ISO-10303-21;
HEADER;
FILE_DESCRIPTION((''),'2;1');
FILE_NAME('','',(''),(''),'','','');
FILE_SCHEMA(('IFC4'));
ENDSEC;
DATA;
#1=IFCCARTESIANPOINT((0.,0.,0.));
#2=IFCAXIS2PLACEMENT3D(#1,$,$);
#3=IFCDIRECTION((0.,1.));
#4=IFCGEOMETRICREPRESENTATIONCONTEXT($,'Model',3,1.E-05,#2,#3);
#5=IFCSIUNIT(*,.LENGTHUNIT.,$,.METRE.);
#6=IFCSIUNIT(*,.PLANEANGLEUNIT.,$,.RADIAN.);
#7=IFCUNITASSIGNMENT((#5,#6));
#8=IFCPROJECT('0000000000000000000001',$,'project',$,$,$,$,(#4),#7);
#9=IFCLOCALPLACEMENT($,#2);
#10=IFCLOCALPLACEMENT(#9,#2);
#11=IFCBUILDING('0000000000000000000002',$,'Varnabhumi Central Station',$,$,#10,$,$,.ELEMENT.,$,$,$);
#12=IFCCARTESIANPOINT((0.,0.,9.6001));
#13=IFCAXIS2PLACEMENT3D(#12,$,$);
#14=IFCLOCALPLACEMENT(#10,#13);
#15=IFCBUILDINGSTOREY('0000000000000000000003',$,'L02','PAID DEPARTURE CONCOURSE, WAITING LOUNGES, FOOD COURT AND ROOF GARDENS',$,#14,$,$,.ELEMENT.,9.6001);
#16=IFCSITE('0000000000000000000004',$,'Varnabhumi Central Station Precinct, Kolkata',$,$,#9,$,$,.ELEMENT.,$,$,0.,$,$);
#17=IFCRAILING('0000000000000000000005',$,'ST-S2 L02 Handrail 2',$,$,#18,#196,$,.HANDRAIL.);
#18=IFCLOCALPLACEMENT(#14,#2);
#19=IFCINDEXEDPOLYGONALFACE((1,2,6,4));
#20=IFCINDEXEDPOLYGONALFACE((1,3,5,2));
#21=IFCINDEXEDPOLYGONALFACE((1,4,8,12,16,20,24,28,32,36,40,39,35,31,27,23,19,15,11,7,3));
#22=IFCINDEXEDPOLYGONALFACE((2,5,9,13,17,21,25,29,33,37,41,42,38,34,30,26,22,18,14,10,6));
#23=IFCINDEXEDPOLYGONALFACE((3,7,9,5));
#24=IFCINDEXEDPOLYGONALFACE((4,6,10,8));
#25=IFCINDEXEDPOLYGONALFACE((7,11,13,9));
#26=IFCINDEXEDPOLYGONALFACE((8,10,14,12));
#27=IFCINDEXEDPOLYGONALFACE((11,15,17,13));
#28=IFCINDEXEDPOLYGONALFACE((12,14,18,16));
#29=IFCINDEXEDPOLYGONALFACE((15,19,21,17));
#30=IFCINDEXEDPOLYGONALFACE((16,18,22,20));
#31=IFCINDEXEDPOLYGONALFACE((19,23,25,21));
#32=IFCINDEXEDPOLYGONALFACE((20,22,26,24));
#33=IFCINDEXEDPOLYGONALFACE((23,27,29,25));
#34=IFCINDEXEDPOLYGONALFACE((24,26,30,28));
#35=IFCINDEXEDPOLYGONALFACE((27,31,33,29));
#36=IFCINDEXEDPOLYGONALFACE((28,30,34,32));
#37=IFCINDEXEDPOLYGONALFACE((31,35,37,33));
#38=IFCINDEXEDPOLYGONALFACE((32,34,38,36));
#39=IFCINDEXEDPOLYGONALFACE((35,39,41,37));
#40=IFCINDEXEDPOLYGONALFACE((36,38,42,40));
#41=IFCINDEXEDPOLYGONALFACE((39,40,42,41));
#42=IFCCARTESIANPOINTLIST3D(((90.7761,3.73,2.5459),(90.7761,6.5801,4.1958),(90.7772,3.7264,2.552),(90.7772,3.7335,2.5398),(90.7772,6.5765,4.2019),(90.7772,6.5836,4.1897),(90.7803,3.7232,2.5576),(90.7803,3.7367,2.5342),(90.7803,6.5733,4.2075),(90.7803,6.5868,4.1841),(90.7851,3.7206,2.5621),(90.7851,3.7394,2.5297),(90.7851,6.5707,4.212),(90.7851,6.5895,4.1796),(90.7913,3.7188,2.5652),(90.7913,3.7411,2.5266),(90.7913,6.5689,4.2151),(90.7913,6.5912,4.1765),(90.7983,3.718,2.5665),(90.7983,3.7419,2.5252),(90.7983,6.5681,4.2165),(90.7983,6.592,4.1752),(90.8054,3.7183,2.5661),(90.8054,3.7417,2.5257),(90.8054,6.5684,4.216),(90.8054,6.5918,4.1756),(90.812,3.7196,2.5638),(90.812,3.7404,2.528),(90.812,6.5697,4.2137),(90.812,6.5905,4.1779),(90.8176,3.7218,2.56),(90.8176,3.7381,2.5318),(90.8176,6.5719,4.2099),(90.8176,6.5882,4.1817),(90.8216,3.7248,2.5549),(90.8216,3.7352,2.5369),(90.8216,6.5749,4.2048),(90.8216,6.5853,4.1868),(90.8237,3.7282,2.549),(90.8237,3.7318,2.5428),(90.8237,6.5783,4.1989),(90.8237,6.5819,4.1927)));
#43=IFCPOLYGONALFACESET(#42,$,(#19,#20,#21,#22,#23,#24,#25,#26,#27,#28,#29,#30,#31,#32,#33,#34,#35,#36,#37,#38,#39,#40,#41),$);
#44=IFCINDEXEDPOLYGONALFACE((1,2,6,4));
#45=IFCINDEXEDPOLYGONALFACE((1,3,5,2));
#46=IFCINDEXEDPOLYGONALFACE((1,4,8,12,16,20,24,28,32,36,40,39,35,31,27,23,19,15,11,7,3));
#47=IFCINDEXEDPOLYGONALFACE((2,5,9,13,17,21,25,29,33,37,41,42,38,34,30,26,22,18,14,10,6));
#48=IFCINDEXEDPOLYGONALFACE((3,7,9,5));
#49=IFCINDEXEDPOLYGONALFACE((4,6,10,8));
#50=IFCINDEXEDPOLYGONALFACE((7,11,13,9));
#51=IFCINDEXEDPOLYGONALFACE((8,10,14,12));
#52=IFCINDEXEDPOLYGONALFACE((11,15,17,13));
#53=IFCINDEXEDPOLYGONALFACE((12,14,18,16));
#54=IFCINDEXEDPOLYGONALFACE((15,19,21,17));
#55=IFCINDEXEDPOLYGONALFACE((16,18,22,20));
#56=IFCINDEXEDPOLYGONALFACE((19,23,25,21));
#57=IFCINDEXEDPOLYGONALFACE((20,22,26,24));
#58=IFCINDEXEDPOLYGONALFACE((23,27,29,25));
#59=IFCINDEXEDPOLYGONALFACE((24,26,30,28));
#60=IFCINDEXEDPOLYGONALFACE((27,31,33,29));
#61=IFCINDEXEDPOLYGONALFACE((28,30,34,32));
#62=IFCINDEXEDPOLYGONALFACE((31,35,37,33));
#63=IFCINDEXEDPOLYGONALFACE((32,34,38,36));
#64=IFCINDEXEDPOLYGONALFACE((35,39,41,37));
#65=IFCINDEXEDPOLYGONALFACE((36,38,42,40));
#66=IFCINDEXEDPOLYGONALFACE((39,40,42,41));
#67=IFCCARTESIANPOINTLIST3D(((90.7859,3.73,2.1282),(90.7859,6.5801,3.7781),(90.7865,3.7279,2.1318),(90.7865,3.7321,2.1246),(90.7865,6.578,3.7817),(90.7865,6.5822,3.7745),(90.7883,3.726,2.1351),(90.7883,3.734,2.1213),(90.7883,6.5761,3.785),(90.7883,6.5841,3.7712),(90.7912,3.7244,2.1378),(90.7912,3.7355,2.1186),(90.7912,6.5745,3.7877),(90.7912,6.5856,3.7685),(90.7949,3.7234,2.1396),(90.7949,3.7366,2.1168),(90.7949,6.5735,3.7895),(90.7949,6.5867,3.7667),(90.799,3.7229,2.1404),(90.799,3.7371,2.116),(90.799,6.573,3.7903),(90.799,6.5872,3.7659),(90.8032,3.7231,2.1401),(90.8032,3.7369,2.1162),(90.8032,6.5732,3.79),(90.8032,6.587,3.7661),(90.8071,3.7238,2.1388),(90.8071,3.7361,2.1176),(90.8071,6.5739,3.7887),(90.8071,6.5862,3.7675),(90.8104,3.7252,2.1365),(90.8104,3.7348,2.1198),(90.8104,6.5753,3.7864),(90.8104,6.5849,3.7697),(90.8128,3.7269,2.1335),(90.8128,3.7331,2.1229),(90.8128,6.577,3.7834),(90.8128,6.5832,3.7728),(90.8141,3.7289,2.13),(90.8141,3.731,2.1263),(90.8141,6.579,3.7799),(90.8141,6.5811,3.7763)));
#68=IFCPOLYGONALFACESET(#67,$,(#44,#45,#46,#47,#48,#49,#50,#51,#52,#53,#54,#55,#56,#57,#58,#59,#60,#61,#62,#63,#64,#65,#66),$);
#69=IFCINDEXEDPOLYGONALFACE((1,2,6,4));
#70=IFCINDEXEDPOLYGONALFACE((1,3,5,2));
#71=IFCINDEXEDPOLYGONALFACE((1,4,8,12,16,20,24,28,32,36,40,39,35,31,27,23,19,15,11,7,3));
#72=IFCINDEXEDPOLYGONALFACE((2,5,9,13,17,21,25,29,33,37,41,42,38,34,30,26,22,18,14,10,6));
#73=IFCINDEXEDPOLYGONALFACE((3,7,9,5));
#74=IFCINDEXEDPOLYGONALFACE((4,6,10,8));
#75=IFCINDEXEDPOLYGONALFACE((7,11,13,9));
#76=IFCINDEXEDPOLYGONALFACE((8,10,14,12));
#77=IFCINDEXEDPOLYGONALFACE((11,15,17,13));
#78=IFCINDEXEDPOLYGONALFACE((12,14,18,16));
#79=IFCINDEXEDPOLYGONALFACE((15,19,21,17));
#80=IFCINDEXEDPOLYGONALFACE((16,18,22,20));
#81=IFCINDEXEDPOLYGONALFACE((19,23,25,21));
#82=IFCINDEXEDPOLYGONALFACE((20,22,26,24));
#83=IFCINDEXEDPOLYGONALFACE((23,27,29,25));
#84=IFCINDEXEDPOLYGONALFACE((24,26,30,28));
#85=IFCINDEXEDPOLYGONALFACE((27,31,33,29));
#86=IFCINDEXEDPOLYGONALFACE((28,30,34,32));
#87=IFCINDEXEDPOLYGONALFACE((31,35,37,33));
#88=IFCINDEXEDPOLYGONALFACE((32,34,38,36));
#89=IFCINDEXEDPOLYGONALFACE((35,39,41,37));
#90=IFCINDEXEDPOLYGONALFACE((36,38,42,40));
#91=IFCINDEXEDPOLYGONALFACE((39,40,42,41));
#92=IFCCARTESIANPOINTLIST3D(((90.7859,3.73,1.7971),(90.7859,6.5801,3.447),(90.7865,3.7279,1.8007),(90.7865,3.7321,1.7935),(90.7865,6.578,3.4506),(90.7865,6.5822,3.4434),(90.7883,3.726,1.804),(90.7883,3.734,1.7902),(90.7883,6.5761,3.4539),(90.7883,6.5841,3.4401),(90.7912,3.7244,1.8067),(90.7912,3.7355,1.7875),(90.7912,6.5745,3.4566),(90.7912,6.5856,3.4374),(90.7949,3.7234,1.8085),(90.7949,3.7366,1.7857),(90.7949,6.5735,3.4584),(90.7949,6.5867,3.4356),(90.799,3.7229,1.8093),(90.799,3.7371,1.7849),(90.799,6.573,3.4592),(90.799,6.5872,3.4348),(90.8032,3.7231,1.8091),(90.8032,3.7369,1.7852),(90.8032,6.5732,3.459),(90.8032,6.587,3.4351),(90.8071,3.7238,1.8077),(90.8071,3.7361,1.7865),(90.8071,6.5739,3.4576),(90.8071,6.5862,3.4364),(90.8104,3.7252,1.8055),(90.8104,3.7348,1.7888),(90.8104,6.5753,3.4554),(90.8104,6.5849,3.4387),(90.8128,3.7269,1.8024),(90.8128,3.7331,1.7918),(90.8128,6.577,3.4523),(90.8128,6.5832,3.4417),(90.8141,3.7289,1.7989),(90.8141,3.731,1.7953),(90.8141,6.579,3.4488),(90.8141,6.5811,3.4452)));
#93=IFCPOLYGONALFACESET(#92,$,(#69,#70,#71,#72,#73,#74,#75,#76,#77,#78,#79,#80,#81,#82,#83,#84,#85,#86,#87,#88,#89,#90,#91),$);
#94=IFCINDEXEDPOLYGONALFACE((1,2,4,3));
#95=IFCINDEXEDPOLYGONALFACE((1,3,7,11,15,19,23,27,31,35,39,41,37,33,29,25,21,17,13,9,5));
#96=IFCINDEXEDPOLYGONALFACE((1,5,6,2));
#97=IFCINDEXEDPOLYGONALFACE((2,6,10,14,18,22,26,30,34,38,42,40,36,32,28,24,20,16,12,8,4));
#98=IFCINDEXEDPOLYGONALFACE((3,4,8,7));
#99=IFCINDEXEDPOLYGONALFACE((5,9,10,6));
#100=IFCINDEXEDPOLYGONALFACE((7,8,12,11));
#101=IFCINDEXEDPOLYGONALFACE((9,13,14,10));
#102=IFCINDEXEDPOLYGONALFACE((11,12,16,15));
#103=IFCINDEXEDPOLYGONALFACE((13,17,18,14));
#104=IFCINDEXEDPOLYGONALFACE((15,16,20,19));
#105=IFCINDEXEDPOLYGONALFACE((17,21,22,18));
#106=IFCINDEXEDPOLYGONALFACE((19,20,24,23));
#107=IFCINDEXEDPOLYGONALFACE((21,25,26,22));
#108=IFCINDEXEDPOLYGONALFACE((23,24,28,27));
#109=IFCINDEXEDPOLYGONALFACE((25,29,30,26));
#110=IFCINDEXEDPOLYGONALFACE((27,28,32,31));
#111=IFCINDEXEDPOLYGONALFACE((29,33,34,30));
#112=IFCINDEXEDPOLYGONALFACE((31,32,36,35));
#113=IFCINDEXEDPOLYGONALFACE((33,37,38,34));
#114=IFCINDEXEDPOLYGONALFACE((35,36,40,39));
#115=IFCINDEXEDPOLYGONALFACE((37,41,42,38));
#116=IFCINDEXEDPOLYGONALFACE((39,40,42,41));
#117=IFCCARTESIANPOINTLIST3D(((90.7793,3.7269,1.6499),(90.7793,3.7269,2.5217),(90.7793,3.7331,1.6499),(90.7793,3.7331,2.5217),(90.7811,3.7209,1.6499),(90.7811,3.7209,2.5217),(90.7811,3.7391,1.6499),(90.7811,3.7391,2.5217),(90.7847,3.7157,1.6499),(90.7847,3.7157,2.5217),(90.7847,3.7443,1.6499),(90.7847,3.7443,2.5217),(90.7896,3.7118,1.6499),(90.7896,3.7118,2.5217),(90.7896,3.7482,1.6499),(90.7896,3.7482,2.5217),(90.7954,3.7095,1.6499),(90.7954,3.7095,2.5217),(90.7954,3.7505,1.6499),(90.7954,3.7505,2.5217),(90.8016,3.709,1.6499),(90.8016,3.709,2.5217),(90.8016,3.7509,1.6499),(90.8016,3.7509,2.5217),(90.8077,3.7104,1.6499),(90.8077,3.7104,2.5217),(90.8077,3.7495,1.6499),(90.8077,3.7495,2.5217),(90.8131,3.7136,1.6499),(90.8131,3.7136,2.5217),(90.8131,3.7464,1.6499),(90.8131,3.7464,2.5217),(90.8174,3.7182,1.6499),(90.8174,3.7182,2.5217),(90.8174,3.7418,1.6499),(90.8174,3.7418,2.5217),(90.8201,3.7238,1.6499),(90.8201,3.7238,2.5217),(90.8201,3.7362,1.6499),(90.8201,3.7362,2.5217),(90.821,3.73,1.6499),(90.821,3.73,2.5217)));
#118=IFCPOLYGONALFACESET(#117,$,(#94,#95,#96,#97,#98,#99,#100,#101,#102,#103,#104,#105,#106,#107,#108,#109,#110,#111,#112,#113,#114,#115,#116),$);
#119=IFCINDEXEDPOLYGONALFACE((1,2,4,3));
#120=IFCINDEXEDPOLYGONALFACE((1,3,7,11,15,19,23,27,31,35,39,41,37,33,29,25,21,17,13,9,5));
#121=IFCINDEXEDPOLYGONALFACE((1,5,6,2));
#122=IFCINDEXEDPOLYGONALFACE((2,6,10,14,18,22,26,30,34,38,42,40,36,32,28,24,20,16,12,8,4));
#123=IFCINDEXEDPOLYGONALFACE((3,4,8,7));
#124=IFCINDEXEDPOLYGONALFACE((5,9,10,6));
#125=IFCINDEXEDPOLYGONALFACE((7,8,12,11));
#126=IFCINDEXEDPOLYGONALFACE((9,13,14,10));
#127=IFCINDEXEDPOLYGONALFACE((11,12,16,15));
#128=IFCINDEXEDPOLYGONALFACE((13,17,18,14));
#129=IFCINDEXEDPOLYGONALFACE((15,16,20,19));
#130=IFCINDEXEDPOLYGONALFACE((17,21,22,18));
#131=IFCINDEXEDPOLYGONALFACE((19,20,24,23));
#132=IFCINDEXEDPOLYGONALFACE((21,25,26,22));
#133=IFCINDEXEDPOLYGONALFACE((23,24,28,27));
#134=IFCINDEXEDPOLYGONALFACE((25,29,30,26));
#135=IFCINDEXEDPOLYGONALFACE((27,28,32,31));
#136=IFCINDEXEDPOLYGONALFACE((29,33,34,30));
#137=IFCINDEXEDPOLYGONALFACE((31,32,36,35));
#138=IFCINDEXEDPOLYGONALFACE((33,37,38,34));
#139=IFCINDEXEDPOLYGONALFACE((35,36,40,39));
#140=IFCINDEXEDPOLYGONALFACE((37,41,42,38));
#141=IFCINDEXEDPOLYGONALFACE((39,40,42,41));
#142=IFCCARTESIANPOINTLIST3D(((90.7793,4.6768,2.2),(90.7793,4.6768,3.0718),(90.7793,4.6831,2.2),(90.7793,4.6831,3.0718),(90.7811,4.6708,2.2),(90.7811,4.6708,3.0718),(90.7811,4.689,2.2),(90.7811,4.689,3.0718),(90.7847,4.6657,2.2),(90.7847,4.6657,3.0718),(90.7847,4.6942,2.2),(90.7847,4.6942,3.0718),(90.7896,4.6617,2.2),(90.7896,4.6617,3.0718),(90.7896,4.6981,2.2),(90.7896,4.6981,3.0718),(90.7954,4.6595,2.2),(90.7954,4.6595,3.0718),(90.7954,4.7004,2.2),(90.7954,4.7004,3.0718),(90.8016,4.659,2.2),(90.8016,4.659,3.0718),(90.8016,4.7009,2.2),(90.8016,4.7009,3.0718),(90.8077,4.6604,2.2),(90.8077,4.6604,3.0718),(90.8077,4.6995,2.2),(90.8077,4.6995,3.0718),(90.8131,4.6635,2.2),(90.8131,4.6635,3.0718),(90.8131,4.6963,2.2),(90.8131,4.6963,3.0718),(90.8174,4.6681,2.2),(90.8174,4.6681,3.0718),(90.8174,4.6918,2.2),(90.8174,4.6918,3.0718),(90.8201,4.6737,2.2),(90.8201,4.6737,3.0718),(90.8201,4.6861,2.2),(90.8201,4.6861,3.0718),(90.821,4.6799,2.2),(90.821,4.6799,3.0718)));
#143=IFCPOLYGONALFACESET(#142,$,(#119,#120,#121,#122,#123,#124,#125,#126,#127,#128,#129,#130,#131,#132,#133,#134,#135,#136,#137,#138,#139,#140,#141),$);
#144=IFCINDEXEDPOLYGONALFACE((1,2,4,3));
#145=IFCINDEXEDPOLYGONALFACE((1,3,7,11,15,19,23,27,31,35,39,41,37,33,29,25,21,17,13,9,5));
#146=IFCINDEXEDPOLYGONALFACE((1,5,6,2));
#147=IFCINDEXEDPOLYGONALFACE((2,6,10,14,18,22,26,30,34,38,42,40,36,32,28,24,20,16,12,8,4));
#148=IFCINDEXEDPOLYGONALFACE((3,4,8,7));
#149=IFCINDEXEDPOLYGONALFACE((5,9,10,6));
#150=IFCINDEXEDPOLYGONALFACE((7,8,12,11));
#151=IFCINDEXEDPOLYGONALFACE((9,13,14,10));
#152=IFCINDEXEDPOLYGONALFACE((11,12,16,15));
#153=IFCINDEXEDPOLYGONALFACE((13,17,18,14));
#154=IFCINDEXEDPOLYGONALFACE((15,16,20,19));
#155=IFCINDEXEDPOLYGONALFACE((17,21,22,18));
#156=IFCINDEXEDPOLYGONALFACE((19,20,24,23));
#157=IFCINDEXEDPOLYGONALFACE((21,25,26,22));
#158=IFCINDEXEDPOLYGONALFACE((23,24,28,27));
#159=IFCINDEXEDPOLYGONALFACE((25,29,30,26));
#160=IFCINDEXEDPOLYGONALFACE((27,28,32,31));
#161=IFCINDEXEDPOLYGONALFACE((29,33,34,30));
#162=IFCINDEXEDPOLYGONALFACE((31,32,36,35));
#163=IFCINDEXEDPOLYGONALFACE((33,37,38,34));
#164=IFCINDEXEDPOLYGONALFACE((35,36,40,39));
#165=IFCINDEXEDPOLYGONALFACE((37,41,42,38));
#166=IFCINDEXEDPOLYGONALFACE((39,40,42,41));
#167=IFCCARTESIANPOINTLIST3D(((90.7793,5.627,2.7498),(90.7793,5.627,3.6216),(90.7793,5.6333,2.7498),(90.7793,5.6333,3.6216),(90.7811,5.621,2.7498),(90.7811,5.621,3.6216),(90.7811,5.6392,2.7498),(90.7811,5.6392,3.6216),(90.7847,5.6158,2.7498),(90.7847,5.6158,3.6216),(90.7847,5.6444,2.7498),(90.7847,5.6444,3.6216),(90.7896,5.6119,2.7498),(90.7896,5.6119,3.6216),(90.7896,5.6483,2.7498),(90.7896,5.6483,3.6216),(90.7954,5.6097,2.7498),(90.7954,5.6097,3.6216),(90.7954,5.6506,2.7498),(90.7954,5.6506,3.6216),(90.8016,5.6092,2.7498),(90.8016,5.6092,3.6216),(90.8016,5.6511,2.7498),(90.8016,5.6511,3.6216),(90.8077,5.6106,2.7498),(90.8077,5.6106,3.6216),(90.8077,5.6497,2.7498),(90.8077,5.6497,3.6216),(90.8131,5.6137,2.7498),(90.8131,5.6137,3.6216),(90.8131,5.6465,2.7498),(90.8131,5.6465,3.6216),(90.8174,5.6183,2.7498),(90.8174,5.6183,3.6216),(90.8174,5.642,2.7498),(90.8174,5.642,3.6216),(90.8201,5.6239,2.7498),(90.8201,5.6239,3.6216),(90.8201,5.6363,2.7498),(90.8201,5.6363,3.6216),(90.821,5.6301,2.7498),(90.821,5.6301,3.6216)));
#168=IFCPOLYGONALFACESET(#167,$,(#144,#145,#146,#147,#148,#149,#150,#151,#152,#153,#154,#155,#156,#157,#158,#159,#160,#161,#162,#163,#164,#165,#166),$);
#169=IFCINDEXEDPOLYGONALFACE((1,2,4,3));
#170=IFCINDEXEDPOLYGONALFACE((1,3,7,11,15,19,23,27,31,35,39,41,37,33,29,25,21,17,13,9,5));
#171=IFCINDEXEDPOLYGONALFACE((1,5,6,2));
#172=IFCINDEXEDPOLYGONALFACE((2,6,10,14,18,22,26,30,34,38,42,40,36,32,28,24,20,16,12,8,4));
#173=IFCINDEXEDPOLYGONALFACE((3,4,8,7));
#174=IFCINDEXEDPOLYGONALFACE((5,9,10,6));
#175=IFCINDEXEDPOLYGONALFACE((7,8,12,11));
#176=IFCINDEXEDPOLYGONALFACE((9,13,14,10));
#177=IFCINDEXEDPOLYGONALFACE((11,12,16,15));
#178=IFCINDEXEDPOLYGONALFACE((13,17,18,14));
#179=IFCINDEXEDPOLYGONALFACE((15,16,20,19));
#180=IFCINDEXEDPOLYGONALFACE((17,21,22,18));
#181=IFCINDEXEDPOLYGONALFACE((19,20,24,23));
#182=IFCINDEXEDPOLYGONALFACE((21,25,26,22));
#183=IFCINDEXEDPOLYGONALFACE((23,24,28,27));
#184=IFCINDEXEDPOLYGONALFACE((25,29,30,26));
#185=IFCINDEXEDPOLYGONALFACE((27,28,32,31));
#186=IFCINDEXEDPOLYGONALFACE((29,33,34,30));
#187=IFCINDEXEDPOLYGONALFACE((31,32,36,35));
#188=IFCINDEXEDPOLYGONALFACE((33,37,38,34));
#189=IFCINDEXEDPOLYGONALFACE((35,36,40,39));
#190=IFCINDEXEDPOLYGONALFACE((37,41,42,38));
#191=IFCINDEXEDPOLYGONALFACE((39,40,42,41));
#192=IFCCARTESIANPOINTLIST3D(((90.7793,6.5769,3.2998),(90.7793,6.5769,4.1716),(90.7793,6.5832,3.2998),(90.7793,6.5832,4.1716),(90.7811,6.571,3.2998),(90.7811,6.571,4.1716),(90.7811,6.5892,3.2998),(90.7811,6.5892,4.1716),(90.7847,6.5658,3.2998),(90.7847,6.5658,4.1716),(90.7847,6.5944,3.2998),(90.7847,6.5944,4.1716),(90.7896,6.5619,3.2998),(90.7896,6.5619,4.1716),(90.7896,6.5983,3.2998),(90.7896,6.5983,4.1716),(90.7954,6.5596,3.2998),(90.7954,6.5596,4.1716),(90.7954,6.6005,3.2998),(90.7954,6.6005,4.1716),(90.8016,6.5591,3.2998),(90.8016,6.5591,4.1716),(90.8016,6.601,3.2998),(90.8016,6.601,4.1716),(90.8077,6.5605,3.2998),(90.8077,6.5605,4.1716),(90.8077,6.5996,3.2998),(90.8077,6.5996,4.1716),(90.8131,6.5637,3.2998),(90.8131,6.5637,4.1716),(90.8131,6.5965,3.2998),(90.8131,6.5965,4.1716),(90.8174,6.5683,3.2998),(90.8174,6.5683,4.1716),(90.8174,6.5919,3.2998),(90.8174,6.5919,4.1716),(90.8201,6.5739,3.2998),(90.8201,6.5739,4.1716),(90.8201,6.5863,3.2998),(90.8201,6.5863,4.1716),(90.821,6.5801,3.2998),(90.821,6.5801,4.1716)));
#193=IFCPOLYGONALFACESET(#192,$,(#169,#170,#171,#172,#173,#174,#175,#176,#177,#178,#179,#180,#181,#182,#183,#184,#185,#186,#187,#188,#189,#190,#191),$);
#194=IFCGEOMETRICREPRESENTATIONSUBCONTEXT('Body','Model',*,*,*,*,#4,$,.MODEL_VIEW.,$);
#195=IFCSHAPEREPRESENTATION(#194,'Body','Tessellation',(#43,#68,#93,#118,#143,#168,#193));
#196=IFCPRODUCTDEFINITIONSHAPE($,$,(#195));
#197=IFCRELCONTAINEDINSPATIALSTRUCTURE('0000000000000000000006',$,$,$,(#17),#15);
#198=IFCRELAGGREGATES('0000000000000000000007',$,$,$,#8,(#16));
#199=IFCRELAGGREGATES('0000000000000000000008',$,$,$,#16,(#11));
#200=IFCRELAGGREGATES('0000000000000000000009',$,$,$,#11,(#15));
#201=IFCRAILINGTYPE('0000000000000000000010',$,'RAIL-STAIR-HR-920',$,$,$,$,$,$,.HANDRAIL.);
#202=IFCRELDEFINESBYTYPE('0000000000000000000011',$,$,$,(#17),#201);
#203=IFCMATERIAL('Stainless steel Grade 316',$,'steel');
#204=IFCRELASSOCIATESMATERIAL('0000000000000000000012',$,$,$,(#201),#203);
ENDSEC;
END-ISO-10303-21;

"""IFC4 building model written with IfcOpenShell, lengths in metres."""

from ifc_helpers import new_model, si_unit, direction, frame, origin, origin_2d, place, context, subcontext, project, spatial, circle, extrude, material, type_object, element, save


model = new_model("IFC4")

# Units and contexts
model_context = context("Model", 3, precision=1e-05, world=origin(), true_north=direction((0.0, 1.0)))
body_context = subcontext(model_context, "Body", "Model", "MODEL_VIEW")
ifc_project = project(units=[si_unit("LENGTHUNIT", "METRE"), si_unit("PLANEANGLEUNIT", "RADIAN")], contexts=[model_context])

# Site, building, storey
site_placement = place(None, origin())
site = spatial("IfcSite", under=ifc_project, at=site_placement, Name="Varnabhumi Central Station Precinct, Kolkata", CompositionType="ELEMENT", RefElevation=0.0)
building_placement = place(site_placement, origin())
building = spatial("IfcBuilding", under=site, at=building_placement, Name="Varnabhumi Central Station", CompositionType="ELEMENT")
storey_placement = place(building_placement, frame((0.0, 0.0, 9.6001)))
storey = spatial("IfcBuildingStorey", under=building, at=storey_placement, Name="L02", Description="PAID DEPARTURE CONCOURSE, WAITING LOUNGES, FOOD COURT AND ROOF GARDENS", CompositionType="ELEMENT", Elevation=9.6001)

# Shared definitions
ifc_material_1 = material(Name="Stainless steel Grade 316", Category="steel")

# Railing
railing_type_1 = type_object("IfcRailingType", Name="RAIL-STAIR-HR-920", PredefinedType="HANDRAIL", material=ifc_material_1)
railing_1_placement = place(storey_placement, frame((90.8, 3.73, 1.6499)))
element("IfcRailing", 1, at=railing_1_placement, inside=storey, type_object=railing_type_1, Name="ST-S2 L02 Handrail 2", PredefinedType="HANDRAIL", context=body_context, shape_type="SweptSolid", body=[
    extrude(circle(Radius=0.0239, at=origin_2d()), frame((0.0, 0.0, 0.896), z_axis=(0.0, 0.865447, 0.501001), x_axis=(-1.0, 0.0, 0.0)), (0.0, 0.0, 1.0), 3.2932),
    extrude(circle(Radius=0.0142, at=origin_2d()), frame((0.0, 0.0, 0.4783), z_axis=(0.0, 0.865447, 0.501001), x_axis=(-1.0, 0.0, 0.0)), (0.0, 0.0, 1.0), 3.2932),
    extrude(circle(Radius=0.0142, at=origin_2d()), frame((0.0, 0.0, 0.1472), z_axis=(0.0, 0.865447, 0.501001), x_axis=(-1.0, 0.0, 0.0)), (0.0, 0.0, 1.0), 3.2932),
    extrude(circle(Radius=0.021, at=origin_2d()), origin(), (0.0, 0.0, 1.0), 0.8718),
    extrude(circle(Radius=0.021, at=origin_2d()), frame((0.0, 0.95, 0.55)), (0.0, 0.0, 1.0), 0.8718),
    extrude(circle(Radius=0.021, at=origin_2d()), frame((0.0, 1.9001, 1.0999)), (0.0, 0.0, 1.0), 0.8718),
    extrude(circle(Radius=0.021, at=origin_2d()), frame((0.0, 2.8501, 1.6499)), (0.0, 0.0, 1.0), 0.8718),
])

save(model, "model.ifc")
